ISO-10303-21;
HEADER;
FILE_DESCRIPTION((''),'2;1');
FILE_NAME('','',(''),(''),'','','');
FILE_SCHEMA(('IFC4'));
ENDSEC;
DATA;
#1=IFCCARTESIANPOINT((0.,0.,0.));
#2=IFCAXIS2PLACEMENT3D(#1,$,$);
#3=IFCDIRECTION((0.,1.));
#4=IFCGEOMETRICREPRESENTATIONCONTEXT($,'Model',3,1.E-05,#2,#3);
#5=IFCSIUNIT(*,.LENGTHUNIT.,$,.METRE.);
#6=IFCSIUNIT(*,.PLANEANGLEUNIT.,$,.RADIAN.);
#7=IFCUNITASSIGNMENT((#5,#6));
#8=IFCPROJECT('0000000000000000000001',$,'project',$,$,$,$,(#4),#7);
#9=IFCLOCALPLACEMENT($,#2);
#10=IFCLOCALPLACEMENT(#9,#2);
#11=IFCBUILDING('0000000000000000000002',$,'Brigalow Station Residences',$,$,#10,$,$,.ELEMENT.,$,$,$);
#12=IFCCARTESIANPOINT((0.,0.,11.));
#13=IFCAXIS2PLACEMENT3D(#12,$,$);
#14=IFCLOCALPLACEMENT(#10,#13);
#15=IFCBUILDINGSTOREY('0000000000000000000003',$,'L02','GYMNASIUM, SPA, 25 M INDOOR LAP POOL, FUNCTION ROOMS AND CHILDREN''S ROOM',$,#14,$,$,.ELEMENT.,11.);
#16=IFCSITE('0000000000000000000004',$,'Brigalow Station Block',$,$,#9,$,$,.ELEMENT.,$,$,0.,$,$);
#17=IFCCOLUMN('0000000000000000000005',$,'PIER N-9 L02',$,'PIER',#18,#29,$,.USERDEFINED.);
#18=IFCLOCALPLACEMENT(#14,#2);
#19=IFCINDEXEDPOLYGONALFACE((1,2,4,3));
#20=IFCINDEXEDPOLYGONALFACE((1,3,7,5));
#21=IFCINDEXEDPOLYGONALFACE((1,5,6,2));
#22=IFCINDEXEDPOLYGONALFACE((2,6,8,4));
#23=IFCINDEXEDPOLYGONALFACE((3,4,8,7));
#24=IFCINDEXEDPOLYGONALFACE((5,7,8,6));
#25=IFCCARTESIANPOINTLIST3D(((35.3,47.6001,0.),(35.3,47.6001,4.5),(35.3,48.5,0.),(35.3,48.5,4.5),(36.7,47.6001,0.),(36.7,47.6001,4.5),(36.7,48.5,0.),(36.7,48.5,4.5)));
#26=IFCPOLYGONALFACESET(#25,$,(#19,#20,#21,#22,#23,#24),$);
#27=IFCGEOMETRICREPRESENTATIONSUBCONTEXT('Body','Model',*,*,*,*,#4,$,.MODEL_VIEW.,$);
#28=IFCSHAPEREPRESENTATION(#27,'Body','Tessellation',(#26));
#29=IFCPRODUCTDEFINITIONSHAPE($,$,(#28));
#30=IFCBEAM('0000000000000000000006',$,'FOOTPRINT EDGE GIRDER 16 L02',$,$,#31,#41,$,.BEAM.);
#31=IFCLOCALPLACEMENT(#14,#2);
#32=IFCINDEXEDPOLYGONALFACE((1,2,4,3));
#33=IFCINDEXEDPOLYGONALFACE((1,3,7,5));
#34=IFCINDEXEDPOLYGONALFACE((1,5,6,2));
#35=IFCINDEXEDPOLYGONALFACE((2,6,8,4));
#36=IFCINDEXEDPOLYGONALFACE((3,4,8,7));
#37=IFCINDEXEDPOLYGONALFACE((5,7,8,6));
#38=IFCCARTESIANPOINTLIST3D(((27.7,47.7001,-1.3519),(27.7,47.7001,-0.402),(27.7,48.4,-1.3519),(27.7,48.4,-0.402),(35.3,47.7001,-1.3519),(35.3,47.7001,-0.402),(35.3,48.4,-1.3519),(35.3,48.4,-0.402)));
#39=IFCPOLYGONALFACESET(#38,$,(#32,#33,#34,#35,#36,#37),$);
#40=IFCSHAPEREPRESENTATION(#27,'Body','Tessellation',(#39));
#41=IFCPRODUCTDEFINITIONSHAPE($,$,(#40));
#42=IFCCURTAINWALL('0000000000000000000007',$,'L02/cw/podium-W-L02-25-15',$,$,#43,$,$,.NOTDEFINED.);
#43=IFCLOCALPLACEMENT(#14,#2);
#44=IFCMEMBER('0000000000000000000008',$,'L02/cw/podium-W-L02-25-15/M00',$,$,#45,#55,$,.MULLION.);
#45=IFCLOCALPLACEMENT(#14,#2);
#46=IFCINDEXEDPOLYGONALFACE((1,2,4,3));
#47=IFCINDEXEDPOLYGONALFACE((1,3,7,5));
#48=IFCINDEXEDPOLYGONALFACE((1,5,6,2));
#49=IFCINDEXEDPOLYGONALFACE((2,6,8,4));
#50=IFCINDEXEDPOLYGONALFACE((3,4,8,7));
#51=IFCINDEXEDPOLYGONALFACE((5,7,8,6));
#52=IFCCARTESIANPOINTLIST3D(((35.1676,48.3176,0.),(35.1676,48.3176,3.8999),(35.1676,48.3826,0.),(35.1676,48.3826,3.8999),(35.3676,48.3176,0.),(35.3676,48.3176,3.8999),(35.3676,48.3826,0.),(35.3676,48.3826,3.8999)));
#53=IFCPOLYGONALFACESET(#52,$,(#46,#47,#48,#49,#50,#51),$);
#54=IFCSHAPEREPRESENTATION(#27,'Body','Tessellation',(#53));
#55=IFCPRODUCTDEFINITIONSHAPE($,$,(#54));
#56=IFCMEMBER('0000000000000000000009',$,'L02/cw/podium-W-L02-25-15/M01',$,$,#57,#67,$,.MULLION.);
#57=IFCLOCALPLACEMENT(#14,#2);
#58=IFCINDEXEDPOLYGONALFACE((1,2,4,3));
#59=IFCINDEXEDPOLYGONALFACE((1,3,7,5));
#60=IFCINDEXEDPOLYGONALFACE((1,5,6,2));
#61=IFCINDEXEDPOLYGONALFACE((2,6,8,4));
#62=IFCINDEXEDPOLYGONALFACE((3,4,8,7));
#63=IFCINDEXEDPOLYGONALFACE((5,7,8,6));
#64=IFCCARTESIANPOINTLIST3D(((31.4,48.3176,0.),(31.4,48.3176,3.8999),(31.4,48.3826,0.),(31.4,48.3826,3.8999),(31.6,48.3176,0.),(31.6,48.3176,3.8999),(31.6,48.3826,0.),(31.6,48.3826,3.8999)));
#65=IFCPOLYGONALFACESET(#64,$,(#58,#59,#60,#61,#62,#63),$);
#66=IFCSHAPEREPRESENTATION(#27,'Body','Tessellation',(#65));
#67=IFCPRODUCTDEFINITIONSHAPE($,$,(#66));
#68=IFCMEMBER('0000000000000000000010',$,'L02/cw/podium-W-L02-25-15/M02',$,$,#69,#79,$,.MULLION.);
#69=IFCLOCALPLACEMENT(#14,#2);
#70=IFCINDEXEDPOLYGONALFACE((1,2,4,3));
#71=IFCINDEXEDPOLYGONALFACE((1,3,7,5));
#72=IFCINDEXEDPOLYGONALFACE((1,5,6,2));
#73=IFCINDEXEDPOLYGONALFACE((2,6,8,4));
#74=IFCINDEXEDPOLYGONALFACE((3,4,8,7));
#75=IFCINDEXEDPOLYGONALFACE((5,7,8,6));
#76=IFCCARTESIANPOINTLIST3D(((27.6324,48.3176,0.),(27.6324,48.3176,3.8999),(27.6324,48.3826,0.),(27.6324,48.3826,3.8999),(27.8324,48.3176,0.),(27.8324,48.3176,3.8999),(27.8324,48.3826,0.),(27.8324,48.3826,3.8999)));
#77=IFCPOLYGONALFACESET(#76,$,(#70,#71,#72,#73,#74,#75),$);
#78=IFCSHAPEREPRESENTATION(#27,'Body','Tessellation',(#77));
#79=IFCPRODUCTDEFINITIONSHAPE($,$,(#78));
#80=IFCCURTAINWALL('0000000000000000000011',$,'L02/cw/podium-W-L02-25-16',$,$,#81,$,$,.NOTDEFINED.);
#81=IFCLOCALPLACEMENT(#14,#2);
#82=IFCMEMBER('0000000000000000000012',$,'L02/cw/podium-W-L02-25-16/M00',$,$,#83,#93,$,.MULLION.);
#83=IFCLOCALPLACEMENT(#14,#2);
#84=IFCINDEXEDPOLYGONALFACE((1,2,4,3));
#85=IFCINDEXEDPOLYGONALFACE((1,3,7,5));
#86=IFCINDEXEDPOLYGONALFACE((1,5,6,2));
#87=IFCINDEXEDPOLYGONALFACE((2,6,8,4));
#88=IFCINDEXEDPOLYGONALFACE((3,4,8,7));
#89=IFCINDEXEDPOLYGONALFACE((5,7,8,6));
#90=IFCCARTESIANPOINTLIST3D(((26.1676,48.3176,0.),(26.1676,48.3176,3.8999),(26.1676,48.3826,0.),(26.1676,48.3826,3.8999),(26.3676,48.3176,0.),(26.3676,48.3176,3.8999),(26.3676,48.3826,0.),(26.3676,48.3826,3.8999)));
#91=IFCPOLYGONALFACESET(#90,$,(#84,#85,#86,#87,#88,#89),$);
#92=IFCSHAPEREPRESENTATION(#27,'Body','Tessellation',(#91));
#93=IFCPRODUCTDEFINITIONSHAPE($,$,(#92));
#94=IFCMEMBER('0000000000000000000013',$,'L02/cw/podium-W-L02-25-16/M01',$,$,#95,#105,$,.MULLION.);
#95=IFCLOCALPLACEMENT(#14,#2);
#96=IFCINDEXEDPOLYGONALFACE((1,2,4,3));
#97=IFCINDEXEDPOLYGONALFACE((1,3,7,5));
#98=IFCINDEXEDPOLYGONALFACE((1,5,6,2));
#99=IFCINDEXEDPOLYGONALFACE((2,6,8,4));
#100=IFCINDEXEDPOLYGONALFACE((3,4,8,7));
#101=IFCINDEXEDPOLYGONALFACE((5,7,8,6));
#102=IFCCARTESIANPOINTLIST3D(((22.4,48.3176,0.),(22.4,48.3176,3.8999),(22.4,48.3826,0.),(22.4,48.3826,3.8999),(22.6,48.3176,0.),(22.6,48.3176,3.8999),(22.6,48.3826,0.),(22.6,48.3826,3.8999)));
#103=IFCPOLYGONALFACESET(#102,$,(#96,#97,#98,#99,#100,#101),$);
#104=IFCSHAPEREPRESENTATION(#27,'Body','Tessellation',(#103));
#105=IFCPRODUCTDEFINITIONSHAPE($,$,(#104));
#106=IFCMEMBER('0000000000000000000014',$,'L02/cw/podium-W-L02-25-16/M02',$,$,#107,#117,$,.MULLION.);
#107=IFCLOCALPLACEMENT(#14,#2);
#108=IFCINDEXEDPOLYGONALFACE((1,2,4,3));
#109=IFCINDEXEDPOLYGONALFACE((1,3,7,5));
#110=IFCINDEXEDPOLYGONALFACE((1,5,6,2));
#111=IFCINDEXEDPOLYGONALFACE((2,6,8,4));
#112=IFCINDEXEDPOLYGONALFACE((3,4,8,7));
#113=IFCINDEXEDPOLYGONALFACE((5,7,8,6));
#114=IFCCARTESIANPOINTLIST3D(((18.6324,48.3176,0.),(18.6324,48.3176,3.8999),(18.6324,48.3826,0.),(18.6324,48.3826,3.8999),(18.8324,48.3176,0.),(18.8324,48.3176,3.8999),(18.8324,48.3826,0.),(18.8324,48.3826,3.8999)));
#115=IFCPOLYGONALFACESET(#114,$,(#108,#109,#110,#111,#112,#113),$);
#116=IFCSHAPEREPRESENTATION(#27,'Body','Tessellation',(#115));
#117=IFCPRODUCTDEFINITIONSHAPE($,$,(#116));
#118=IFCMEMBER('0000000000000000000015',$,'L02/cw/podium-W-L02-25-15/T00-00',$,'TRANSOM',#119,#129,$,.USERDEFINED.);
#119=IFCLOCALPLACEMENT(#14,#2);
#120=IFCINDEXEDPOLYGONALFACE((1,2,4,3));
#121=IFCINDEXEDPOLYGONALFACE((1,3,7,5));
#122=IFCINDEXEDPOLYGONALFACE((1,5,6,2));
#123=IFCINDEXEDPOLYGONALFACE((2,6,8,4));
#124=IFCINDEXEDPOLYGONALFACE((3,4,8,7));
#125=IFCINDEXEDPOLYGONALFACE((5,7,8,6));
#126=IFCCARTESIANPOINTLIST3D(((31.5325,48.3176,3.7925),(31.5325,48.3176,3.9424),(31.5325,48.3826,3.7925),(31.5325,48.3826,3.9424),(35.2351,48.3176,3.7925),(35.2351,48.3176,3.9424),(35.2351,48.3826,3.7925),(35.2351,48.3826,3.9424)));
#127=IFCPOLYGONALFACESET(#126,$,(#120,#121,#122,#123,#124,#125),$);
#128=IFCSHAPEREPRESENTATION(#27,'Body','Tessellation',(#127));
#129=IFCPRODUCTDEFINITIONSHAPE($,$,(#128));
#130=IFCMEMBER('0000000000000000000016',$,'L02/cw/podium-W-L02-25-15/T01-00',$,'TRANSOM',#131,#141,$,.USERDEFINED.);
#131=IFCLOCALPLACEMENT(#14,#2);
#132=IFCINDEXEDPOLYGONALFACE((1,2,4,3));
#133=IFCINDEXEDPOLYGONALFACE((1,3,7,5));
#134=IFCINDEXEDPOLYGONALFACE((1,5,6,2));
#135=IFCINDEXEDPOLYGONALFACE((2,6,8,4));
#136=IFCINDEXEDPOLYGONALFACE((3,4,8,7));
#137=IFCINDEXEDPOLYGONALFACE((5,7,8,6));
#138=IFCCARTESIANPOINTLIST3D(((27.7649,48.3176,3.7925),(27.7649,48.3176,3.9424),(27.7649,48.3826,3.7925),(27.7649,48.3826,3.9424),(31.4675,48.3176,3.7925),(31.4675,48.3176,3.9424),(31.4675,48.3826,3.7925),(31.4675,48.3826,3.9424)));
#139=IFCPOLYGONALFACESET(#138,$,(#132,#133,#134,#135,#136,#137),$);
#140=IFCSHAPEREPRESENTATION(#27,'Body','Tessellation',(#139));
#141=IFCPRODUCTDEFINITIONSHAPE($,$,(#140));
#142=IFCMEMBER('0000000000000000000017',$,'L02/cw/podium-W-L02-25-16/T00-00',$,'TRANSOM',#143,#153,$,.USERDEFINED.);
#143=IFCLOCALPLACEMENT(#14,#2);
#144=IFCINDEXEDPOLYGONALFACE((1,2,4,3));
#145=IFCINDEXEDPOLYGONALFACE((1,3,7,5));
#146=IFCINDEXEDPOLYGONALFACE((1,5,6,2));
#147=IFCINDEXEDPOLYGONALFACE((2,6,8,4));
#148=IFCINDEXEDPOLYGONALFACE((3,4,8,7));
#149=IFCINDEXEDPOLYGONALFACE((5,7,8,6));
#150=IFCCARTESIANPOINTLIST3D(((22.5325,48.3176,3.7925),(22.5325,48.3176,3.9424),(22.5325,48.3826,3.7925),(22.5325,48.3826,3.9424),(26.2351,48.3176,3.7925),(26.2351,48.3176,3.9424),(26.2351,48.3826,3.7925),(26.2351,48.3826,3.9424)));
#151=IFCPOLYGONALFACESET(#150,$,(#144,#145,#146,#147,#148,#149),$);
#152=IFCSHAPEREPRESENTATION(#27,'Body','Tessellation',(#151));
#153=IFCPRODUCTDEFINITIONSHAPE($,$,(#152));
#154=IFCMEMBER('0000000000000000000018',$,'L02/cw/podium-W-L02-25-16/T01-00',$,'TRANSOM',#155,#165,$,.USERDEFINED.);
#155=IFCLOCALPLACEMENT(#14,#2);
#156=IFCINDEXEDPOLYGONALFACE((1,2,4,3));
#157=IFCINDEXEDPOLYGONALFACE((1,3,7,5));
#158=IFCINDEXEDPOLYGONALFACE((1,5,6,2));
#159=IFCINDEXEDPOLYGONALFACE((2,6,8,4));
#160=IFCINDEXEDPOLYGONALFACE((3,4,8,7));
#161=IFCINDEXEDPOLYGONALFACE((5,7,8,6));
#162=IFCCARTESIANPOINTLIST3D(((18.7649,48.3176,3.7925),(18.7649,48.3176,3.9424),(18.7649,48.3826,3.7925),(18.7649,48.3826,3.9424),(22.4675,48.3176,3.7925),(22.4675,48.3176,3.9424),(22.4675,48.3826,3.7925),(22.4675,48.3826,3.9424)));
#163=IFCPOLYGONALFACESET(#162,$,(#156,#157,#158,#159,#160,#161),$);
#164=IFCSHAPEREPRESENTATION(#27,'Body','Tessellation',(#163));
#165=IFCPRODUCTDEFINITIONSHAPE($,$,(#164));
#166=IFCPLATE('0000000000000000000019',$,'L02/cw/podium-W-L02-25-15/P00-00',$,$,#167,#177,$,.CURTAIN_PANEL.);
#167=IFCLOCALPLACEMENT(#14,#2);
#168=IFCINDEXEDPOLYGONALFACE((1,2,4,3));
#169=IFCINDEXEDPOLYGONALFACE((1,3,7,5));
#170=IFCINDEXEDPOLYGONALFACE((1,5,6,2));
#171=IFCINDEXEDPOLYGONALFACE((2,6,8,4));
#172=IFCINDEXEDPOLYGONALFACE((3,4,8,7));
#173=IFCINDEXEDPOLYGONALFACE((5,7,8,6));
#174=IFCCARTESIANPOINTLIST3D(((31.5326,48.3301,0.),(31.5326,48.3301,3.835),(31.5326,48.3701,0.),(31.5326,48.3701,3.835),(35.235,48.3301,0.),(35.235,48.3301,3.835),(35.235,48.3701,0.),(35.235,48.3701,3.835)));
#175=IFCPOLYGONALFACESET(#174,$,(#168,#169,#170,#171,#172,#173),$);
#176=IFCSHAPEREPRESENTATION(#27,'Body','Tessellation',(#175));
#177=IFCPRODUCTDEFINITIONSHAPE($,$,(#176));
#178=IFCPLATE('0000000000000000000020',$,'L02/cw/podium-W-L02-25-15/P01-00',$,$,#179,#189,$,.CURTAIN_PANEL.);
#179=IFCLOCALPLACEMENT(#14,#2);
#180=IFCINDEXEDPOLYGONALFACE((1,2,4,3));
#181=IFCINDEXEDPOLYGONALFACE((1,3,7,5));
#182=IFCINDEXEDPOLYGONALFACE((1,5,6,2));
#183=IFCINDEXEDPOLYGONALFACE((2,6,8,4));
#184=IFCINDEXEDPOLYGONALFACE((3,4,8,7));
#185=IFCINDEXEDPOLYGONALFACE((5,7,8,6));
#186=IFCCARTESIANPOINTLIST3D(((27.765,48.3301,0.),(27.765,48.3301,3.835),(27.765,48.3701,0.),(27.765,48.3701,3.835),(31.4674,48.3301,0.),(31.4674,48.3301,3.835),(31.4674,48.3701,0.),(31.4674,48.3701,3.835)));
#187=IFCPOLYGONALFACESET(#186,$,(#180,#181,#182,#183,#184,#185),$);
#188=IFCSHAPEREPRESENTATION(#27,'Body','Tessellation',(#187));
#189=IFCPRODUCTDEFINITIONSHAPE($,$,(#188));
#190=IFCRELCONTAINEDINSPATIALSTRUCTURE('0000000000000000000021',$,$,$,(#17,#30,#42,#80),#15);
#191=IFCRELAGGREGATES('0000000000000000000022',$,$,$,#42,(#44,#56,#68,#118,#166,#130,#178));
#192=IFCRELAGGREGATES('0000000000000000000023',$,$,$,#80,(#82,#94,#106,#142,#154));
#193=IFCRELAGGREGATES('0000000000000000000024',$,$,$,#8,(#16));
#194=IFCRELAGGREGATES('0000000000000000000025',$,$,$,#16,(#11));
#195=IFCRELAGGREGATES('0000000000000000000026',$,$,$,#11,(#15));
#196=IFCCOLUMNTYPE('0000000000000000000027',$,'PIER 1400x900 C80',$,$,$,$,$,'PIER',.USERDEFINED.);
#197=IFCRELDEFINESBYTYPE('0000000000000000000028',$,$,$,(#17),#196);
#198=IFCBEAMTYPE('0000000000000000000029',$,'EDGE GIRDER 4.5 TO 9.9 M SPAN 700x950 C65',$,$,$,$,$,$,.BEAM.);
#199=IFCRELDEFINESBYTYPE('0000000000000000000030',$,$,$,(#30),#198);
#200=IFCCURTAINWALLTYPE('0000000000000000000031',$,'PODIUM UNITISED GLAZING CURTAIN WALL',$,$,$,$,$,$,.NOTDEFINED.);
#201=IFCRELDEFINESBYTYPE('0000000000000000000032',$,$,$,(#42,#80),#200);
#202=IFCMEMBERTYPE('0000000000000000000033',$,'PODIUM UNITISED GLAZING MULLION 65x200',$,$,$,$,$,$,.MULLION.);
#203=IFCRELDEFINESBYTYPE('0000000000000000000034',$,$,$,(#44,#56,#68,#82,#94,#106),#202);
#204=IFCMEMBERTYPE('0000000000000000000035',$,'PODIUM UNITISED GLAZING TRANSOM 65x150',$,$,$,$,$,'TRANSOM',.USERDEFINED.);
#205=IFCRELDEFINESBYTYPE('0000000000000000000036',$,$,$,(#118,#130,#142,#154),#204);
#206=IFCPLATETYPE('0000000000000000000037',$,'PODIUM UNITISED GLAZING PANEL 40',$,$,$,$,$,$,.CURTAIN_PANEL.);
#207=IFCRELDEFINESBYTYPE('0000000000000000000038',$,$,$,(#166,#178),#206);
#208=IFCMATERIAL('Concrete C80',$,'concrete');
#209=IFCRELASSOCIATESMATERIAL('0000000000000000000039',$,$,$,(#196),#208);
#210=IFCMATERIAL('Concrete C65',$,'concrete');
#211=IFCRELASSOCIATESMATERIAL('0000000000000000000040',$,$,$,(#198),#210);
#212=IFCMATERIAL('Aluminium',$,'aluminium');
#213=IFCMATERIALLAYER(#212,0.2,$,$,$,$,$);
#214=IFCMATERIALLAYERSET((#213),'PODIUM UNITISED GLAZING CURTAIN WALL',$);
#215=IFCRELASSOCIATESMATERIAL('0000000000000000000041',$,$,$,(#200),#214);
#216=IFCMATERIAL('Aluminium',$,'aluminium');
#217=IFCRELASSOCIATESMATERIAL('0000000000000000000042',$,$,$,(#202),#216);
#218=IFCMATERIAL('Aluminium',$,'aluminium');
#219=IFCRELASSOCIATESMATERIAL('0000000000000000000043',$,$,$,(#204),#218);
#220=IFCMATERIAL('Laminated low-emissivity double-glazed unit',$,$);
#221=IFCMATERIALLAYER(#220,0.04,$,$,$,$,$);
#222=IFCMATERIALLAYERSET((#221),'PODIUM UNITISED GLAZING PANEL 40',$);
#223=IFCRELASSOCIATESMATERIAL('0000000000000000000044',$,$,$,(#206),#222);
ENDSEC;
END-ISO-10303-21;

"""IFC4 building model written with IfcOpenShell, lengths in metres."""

from ifc_helpers import new_model, si_unit, direction, frame, origin, origin_2d, place, context, subcontext, project, spatial, rectangle, extrude, material, layer, layer_set, material_profile, profile_set, type_object, element, aggregate, save


model = new_model("IFC4")

# Units and contexts
model_context = context("Model", 3, precision=1e-05, world=origin(), true_north=direction((0.0, 1.0)))
body_context = subcontext(model_context, "Body", "Model", "MODEL_VIEW")
ifc_project = project(units=[si_unit("LENGTHUNIT", "METRE"), si_unit("PLANEANGLEUNIT", "RADIAN")], contexts=[model_context])

# Site, building, storey
site_placement = place(None, origin())
site = spatial("IfcSite", under=ifc_project, at=site_placement, Name="Brigalow Station Block", CompositionType="ELEMENT", RefElevation=0.0)
building_placement = place(site_placement, origin())
building = spatial("IfcBuilding", under=site, at=building_placement, Name="Brigalow Station Residences", CompositionType="ELEMENT")
storey_placement = place(building_placement, frame((0.0, 0.0, 11.0)))
storey = spatial("IfcBuildingStorey", under=building, at=storey_placement, Name="L02", Description="GYMNASIUM, SPA, 25 M INDOOR LAP POOL, FUNCTION ROOMS AND CHILDREN'S ROOM", CompositionType="ELEMENT", Elevation=11.0)

# Column
ifc_material_1 = material(Name="Concrete C80", Category="concrete")
ifc_material_profile_1 = material_profile(ifc_material_1, rectangle(XDim=1.3999, YDim=0.8999, at=origin_2d()), Name="RC1400x900")
ifc_profile_set_1 = profile_set([ifc_material_profile_1], Name="Concrete C80")
column_type = type_object("IfcColumnType", Name="PIER 1400x900 C80", ElementType="PIER", PredefinedType="USERDEFINED", material=ifc_profile_set_1)
column_placement = place(storey_placement, frame((36.0, 48.05, 0.0), z_axis=(0.0, 0.0, 1.0), x_axis=(-1.0, 0.0, 0.0)))
element("IfcColumn", 1, at=column_placement, inside=storey, type_object=column_type, Name="PIER N-9 L02", ObjectType="PIER", PredefinedType="USERDEFINED", context=body_context, shape_type="SweptSolid", body=[
    extrude(rectangle(XDim=1.3999, YDim=0.8999, at=origin_2d()), origin(), (0.0, 0.0, 1.0), 4.5),
])

# Beam
ifc_material_2 = material(Name="Concrete C65", Category="concrete")
ifc_material_profile_2 = material_profile(ifc_material_2, rectangle(XDim=0.7, YDim=0.95, at=origin_2d()), Name="RC700x950")
ifc_profile_set_2 = profile_set([ifc_material_profile_2], Name="Concrete C65")
beam_type = type_object("IfcBeamType", Name="EDGE GIRDER 4.5 TO 9.9 M SPAN 700x950 C65", PredefinedType="BEAM", material=ifc_profile_set_2)
beam_placement = place(storey_placement, frame((35.3, 48.05, -0.877), z_axis=(-1.0, 0.0, 0.0), x_axis=(0.0, -1.0, 0.0)))
element("IfcBeam", 2, at=beam_placement, inside=storey, type_object=beam_type, Name="FOOTPRINT EDGE GIRDER 16 L02", PredefinedType="BEAM", context=body_context, shape_type="SweptSolid", body=[
    extrude(rectangle(XDim=0.7, YDim=0.95, at=origin_2d()), origin(), (0.0, 0.0, 1.0), 7.6001),
])

# Curtain walls, members
ifc_material_3 = material(Name="Aluminium", Category="aluminium")
ifc_layer_1 = layer(ifc_material_3, 0.2)
ifc_layer_set_1 = layer_set([ifc_layer_1], Name="PODIUM UNITISED GLAZING CURTAIN WALL")
curtain_wall_type = type_object("IfcCurtainWallType", Name="PODIUM UNITISED GLAZING CURTAIN WALL", PredefinedType="NOTDEFINED", material=ifc_layer_set_1)
curtain_wall_1_placement = place(storey_placement, origin())
curtain_wall_1 = element("IfcCurtainWall", 3, at=curtain_wall_1_placement, inside=storey, type_object=curtain_wall_type, Name="L02/cw/podium-W-L02-25-15", PredefinedType="NOTDEFINED")
ifc_material_4 = material(Name="Aluminium", Category="aluminium")
ifc_material_profile_3 = material_profile(ifc_material_4, rectangle(XDim=0.0649, YDim=0.2, at=origin_2d()), Name="PODIUM UNITISED GLAZING MULLION 65x200")
ifc_profile_set_3 = profile_set([ifc_material_profile_3], Name="Aluminium")
member_type_1 = type_object("IfcMemberType", Name="PODIUM UNITISED GLAZING MULLION 65x200", PredefinedType="MULLION", material=ifc_profile_set_3)
member_1_placement = place(storey_placement, frame((35.2676, 48.3501, 0.0), z_axis=(0.0, 0.0, 1.0), x_axis=(0.0, -1.0, 0.0)))
member_1 = element("IfcMember", 4, at=member_1_placement, type_object=member_type_1, Name="L02/cw/podium-W-L02-25-15/M00", PredefinedType="MULLION", context=body_context, shape_type="SweptSolid", body=[
    extrude(rectangle(XDim=0.0649, YDim=0.2, at=origin_2d()), origin(), (0.0, 0.0, 1.0), 3.8999),
])
member_2_placement = place(storey_placement, frame((31.5, 48.3501, 0.0), z_axis=(0.0, 0.0, 1.0), x_axis=(0.0, -1.0, 0.0)))
member_2 = element("IfcMember", 5, at=member_2_placement, type_object=member_type_1, Name="L02/cw/podium-W-L02-25-15/M01", PredefinedType="MULLION", context=body_context, shape_type="SweptSolid", body=[
    extrude(rectangle(XDim=0.0649, YDim=0.2, at=origin_2d()), origin(), (0.0, 0.0, 1.0), 3.8999),
])
member_3_placement = place(storey_placement, frame((27.7324, 48.3501, 0.0), z_axis=(0.0, 0.0, 1.0), x_axis=(0.0, -1.0, 0.0)))
member_3 = element("IfcMember", 6, at=member_3_placement, type_object=member_type_1, Name="L02/cw/podium-W-L02-25-15/M02", PredefinedType="MULLION", context=body_context, shape_type="SweptSolid", body=[
    extrude(rectangle(XDim=0.0649, YDim=0.2, at=origin_2d()), origin(), (0.0, 0.0, 1.0), 3.8999),
])
curtain_wall_2_placement = place(storey_placement, origin())
curtain_wall_2 = element("IfcCurtainWall", 7, at=curtain_wall_2_placement, inside=storey, type_object=curtain_wall_type, Name="L02/cw/podium-W-L02-25-16", PredefinedType="NOTDEFINED")
member_4_placement = place(storey_placement, frame((26.2676, 48.3501, 0.0), z_axis=(0.0, 0.0, 1.0), x_axis=(0.0, -1.0, 0.0)))
member_4 = element("IfcMember", 8, at=member_4_placement, type_object=member_type_1, Name="L02/cw/podium-W-L02-25-16/M00", PredefinedType="MULLION", context=body_context, shape_type="SweptSolid", body=[
    extrude(rectangle(XDim=0.0649, YDim=0.2, at=origin_2d()), origin(), (0.0, 0.0, 1.0), 3.8999),
])
member_5_placement = place(storey_placement, frame((22.5, 48.3501, 0.0), z_axis=(0.0, 0.0, 1.0), x_axis=(0.0, -1.0, 0.0)))
member_5 = element("IfcMember", 9, at=member_5_placement, type_object=member_type_1, Name="L02/cw/podium-W-L02-25-16/M01", PredefinedType="MULLION", context=body_context, shape_type="SweptSolid", body=[
    extrude(rectangle(XDim=0.0649, YDim=0.2, at=origin_2d()), origin(), (0.0, 0.0, 1.0), 3.8999),
])
member_6_placement = place(storey_placement, frame((18.7324, 48.3501, 0.0), z_axis=(0.0, 0.0, 1.0), x_axis=(0.0, -1.0, 0.0)))
member_6 = element("IfcMember", 10, at=member_6_placement, type_object=member_type_1, Name="L02/cw/podium-W-L02-25-16/M02", PredefinedType="MULLION", context=body_context, shape_type="SweptSolid", body=[
    extrude(rectangle(XDim=0.0649, YDim=0.2, at=origin_2d()), origin(), (0.0, 0.0, 1.0), 3.8999),
])

# Members
ifc_material_5 = material(Name="Aluminium", Category="aluminium")
ifc_material_profile_4 = material_profile(ifc_material_5, rectangle(XDim=0.0649, YDim=0.1499, at=origin_2d()), Name="PODIUM UNITISED GLAZING TRANSOM 65x150")
ifc_profile_set_4 = profile_set([ifc_material_profile_4], Name="Aluminium")
member_type_2 = type_object("IfcMemberType", Name="PODIUM UNITISED GLAZING TRANSOM 65x150", ElementType="TRANSOM", PredefinedType="USERDEFINED", material=ifc_profile_set_4)
member_7_placement = place(storey_placement, frame((35.2351, 48.3501, 3.8674), z_axis=(-1.0, 0.0, 0.0), x_axis=(0.0, -1.0, 0.0)))
member_7 = element("IfcMember", 11, at=member_7_placement, type_object=member_type_2, Name="L02/cw/podium-W-L02-25-15/T00-00", ObjectType="TRANSOM", PredefinedType="USERDEFINED", context=body_context, shape_type="SweptSolid", body=[
    extrude(rectangle(XDim=0.0649, YDim=0.1499, at=origin_2d()), origin(), (0.0, 0.0, 1.0), 3.7026),
])
member_8_placement = place(storey_placement, frame((31.4675, 48.3501, 3.8674), z_axis=(-1.0, 0.0, 0.0), x_axis=(0.0, -1.0, 0.0)))
member_8 = element("IfcMember", 12, at=member_8_placement, type_object=member_type_2, Name="L02/cw/podium-W-L02-25-15/T01-00", ObjectType="TRANSOM", PredefinedType="USERDEFINED", context=body_context, shape_type="SweptSolid", body=[
    extrude(rectangle(XDim=0.0649, YDim=0.1499, at=origin_2d()), origin(), (0.0, 0.0, 1.0), 3.7026),
])
member_9_placement = place(storey_placement, frame((26.2351, 48.3501, 3.8674), z_axis=(-1.0, 0.0, 0.0), x_axis=(0.0, -1.0, 0.0)))
member_9 = element("IfcMember", 13, at=member_9_placement, type_object=member_type_2, Name="L02/cw/podium-W-L02-25-16/T00-00", ObjectType="TRANSOM", PredefinedType="USERDEFINED", context=body_context, shape_type="SweptSolid", body=[
    extrude(rectangle(XDim=0.0649, YDim=0.1499, at=origin_2d()), origin(), (0.0, 0.0, 1.0), 3.7026),
])
member_10_placement = place(storey_placement, frame((22.4675, 48.3501, 3.8674), z_axis=(-1.0, 0.0, 0.0), x_axis=(0.0, -1.0, 0.0)))
member_10 = element("IfcMember", 14, at=member_10_placement, type_object=member_type_2, Name="L02/cw/podium-W-L02-25-16/T01-00", ObjectType="TRANSOM", PredefinedType="USERDEFINED", context=body_context, shape_type="SweptSolid", body=[
    extrude(rectangle(XDim=0.0649, YDim=0.1499, at=origin_2d()), origin(), (0.0, 0.0, 1.0), 3.7026),
])

# Plates
ifc_material_6 = material(Name="Laminated low-emissivity double-glazed unit")
ifc_layer_2 = layer(ifc_material_6, 0.04)
ifc_layer_set_2 = layer_set([ifc_layer_2], Name="PODIUM UNITISED GLAZING PANEL 40")
plate_type = type_object("IfcPlateType", Name="PODIUM UNITISED GLAZING PANEL 40", PredefinedType="CURTAIN_PANEL", material=ifc_layer_set_2)
plate_1_placement = place(storey_placement, frame((33.3838, 48.3501, 0.0), z_axis=(0.0, 0.0, 1.0), x_axis=(-1.0, 0.0, 0.0)))
plate_1 = element("IfcPlate", 15, at=plate_1_placement, type_object=plate_type, Name="L02/cw/podium-W-L02-25-15/P00-00", PredefinedType="CURTAIN_PANEL", context=body_context, shape_type="SweptSolid", body=[
    extrude(rectangle(XDim=3.7024, YDim=0.04, at=origin_2d()), origin(), (0.0, 0.0, 1.0), 3.835),
])
plate_2_placement = place(storey_placement, frame((29.6162, 48.3501, 0.0), z_axis=(0.0, 0.0, 1.0), x_axis=(-1.0, 0.0, 0.0)))
plate_2 = element("IfcPlate", 16, at=plate_2_placement, type_object=plate_type, Name="L02/cw/podium-W-L02-25-15/P01-00", PredefinedType="CURTAIN_PANEL", context=body_context, shape_type="SweptSolid", body=[
    extrude(rectangle(XDim=3.7024, YDim=0.04, at=origin_2d()), origin(), (0.0, 0.0, 1.0), 3.835),
])
aggregate(curtain_wall_1, [member_1, member_2, member_3, member_7, plate_1, member_8, plate_2])
aggregate(curtain_wall_2, [member_4, member_5, member_6, member_9, member_10])

save(model, "model.ifc")
